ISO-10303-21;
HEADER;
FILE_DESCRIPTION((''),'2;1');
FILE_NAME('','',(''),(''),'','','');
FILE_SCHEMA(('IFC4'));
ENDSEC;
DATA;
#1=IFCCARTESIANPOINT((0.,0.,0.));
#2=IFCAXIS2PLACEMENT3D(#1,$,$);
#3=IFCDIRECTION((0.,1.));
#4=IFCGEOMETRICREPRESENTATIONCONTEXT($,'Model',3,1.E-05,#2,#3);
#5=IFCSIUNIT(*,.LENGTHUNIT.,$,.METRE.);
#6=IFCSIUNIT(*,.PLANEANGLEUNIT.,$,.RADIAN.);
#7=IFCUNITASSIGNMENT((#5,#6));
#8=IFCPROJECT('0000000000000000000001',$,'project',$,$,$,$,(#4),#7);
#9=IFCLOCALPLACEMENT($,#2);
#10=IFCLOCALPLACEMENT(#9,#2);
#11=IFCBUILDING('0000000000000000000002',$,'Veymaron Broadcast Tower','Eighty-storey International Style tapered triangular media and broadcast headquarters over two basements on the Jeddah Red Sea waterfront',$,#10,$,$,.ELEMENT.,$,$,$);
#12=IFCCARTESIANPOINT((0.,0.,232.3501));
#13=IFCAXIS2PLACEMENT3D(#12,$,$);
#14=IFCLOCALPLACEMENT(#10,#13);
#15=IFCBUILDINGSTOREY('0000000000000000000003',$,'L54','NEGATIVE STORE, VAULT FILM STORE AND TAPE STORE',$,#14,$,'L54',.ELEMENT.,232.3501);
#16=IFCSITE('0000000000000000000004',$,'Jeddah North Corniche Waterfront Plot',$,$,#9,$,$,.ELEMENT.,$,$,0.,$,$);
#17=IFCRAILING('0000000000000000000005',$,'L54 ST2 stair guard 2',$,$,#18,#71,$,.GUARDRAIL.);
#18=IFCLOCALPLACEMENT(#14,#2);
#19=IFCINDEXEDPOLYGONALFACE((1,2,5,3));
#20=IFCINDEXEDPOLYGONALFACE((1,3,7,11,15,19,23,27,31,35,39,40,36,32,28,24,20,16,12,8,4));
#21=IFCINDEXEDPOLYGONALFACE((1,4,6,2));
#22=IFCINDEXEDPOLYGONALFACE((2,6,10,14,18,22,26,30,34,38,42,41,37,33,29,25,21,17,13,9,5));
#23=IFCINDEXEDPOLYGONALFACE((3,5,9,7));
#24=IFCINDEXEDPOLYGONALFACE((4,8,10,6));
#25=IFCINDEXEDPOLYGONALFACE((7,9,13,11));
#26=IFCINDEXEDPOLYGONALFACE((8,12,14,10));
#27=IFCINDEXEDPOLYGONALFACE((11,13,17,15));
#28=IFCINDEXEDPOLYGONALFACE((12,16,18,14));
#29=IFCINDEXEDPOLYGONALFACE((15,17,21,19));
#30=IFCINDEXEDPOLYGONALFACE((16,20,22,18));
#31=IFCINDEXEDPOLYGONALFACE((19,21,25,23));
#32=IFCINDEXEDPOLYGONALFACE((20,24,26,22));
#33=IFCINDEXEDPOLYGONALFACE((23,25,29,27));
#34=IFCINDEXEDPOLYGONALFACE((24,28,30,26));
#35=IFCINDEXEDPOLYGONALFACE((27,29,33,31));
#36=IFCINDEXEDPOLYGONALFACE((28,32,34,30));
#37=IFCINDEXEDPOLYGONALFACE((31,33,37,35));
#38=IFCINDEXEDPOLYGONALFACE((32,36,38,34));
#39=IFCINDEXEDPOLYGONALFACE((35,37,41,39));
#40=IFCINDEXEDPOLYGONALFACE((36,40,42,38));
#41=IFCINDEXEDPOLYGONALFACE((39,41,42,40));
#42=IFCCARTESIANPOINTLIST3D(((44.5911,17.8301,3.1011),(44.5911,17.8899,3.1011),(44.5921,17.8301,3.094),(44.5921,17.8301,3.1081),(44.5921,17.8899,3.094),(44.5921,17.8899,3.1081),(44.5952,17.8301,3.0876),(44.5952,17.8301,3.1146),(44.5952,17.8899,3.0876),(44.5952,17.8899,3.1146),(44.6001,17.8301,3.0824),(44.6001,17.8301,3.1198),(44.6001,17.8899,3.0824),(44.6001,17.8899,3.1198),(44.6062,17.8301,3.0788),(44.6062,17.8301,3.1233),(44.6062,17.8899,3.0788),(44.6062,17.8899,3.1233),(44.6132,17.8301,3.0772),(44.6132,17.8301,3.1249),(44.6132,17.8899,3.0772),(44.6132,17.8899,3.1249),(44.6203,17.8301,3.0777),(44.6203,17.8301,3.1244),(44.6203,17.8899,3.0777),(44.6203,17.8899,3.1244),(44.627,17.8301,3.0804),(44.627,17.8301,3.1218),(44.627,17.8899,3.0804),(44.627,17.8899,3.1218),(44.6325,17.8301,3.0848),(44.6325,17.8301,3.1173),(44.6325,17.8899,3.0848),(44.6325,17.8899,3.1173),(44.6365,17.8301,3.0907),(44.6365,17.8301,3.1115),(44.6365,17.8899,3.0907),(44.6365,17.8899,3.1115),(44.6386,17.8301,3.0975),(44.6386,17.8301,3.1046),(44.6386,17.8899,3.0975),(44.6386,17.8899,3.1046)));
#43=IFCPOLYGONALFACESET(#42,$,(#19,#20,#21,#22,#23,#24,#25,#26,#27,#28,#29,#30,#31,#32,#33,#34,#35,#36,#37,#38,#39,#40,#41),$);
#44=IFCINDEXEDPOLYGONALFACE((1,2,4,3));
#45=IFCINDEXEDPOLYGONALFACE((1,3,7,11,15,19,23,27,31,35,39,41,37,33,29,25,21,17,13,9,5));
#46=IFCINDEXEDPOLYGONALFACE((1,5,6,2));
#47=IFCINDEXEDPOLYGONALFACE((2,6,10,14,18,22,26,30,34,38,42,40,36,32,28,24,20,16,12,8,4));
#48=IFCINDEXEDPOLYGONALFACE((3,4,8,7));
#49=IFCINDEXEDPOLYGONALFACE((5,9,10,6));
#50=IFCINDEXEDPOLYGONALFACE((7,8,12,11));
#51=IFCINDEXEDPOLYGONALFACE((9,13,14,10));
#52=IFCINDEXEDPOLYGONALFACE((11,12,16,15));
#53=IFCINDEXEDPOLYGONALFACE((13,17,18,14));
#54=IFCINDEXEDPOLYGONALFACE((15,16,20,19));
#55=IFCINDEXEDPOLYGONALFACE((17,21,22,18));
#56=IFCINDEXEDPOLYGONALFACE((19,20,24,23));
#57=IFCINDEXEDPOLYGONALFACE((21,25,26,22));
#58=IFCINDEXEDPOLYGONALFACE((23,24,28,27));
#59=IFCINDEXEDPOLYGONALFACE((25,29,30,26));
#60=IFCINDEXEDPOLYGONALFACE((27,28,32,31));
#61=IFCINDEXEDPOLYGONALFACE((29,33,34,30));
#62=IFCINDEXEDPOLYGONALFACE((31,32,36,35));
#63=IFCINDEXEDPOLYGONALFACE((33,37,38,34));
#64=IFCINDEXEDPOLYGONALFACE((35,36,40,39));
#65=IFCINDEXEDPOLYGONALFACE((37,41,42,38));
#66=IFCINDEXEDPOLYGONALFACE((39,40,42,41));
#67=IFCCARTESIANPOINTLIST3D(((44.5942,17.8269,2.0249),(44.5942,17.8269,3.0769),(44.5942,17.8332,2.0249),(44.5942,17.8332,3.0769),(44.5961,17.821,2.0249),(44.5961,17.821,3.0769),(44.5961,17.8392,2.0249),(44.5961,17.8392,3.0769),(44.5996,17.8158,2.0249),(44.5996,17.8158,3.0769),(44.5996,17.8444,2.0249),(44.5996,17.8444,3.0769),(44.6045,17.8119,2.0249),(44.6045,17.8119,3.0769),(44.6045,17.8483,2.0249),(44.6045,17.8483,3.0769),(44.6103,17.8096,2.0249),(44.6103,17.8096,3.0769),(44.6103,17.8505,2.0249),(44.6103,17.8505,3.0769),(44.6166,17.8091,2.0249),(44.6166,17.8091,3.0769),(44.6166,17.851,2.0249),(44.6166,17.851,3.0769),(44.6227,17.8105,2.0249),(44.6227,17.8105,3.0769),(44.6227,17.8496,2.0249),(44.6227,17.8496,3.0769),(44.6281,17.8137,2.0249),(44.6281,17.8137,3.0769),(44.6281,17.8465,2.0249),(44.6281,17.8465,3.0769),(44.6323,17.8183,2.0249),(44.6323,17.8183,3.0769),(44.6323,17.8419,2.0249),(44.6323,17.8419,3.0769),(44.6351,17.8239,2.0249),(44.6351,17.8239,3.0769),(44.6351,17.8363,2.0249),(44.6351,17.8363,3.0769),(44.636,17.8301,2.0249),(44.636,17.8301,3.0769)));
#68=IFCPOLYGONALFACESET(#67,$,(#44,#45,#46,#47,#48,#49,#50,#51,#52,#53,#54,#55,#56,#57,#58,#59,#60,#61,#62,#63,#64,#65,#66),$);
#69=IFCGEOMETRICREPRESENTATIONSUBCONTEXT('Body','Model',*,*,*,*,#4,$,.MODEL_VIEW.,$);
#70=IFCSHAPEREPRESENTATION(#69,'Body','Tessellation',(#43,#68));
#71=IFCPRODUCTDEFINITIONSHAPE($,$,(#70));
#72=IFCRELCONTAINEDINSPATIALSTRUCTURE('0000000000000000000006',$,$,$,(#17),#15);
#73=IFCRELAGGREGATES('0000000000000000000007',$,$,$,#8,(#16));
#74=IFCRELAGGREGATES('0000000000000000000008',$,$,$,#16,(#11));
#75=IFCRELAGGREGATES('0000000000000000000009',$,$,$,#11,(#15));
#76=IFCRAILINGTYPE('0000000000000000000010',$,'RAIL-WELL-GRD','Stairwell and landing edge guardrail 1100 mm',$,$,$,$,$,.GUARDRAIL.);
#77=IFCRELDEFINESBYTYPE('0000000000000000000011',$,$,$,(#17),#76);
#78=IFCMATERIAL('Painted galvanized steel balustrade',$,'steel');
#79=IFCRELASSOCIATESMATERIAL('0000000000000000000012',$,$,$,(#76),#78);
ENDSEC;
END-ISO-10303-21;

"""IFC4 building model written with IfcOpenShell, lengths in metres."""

from ifc_helpers import new_model, si_unit, direction, frame, origin, origin_2d, place, context, subcontext, project, spatial, circle, extrude, material, type_object, element, save


model = new_model("IFC4")

# Units and contexts
model_context = context("Model", 3, precision=1e-05, world=origin(), true_north=direction((0.0, 1.0)))
body_context = subcontext(model_context, "Body", "Model", "MODEL_VIEW")
ifc_project = project(units=[si_unit("LENGTHUNIT", "METRE"), si_unit("PLANEANGLEUNIT", "RADIAN")], contexts=[model_context])

# Site, building, storey
site_placement = place(None, origin())
site = spatial("IfcSite", under=ifc_project, at=site_placement, Name="Jeddah North Corniche Waterfront Plot", CompositionType="ELEMENT", RefElevation=0.0)
building_placement = place(site_placement, origin())
building = spatial("IfcBuilding", under=site, at=building_placement, Name="Veymaron Broadcast Tower", Description="Eighty-storey International Style tapered triangular media and broadcast headquarters over two basements on the Jeddah Red Sea waterfront", CompositionType="ELEMENT")
storey_placement = place(building_placement, frame((0.0, 0.0, 232.3501)))
storey = spatial("IfcBuildingStorey", under=building, at=storey_placement, Name="L54", Description="NEGATIVE STORE, VAULT FILM STORE AND TAPE STORE", LongName="L54", CompositionType="ELEMENT", Elevation=232.3501)

# Railing
ifc_material_1 = material(Name="Painted galvanized steel balustrade", Category="steel")
railing_type_1 = type_object("IfcRailingType", Name="RAIL-WELL-GRD", Description="Stairwell and landing edge guardrail 1100 mm", PredefinedType="GUARDRAIL", material=ifc_material_1)
railing_1_placement = place(storey_placement, frame((44.615, 17.8301, 2.0249)))
element("IfcRailing", 1, at=railing_1_placement, inside=storey, type_object=railing_type_1, Name="L54 ST2 stair guard 2", PredefinedType="GUARDRAIL", context=body_context, shape_type="SweptSolid", body=[
    extrude(circle(Radius=0.0239, at=origin_2d()), frame((0.0, 0.0, 1.0762), z_axis=(0.0, 1.0, 0.0), x_axis=(-1.0, 0.0, 0.0)), (0.0, 0.0, 1.0), 0.0598),
    extrude(circle(Radius=0.021, at=origin_2d()), origin(), (0.0, 0.0, 1.0), 1.052),
])

save(model, "model.ifc")
